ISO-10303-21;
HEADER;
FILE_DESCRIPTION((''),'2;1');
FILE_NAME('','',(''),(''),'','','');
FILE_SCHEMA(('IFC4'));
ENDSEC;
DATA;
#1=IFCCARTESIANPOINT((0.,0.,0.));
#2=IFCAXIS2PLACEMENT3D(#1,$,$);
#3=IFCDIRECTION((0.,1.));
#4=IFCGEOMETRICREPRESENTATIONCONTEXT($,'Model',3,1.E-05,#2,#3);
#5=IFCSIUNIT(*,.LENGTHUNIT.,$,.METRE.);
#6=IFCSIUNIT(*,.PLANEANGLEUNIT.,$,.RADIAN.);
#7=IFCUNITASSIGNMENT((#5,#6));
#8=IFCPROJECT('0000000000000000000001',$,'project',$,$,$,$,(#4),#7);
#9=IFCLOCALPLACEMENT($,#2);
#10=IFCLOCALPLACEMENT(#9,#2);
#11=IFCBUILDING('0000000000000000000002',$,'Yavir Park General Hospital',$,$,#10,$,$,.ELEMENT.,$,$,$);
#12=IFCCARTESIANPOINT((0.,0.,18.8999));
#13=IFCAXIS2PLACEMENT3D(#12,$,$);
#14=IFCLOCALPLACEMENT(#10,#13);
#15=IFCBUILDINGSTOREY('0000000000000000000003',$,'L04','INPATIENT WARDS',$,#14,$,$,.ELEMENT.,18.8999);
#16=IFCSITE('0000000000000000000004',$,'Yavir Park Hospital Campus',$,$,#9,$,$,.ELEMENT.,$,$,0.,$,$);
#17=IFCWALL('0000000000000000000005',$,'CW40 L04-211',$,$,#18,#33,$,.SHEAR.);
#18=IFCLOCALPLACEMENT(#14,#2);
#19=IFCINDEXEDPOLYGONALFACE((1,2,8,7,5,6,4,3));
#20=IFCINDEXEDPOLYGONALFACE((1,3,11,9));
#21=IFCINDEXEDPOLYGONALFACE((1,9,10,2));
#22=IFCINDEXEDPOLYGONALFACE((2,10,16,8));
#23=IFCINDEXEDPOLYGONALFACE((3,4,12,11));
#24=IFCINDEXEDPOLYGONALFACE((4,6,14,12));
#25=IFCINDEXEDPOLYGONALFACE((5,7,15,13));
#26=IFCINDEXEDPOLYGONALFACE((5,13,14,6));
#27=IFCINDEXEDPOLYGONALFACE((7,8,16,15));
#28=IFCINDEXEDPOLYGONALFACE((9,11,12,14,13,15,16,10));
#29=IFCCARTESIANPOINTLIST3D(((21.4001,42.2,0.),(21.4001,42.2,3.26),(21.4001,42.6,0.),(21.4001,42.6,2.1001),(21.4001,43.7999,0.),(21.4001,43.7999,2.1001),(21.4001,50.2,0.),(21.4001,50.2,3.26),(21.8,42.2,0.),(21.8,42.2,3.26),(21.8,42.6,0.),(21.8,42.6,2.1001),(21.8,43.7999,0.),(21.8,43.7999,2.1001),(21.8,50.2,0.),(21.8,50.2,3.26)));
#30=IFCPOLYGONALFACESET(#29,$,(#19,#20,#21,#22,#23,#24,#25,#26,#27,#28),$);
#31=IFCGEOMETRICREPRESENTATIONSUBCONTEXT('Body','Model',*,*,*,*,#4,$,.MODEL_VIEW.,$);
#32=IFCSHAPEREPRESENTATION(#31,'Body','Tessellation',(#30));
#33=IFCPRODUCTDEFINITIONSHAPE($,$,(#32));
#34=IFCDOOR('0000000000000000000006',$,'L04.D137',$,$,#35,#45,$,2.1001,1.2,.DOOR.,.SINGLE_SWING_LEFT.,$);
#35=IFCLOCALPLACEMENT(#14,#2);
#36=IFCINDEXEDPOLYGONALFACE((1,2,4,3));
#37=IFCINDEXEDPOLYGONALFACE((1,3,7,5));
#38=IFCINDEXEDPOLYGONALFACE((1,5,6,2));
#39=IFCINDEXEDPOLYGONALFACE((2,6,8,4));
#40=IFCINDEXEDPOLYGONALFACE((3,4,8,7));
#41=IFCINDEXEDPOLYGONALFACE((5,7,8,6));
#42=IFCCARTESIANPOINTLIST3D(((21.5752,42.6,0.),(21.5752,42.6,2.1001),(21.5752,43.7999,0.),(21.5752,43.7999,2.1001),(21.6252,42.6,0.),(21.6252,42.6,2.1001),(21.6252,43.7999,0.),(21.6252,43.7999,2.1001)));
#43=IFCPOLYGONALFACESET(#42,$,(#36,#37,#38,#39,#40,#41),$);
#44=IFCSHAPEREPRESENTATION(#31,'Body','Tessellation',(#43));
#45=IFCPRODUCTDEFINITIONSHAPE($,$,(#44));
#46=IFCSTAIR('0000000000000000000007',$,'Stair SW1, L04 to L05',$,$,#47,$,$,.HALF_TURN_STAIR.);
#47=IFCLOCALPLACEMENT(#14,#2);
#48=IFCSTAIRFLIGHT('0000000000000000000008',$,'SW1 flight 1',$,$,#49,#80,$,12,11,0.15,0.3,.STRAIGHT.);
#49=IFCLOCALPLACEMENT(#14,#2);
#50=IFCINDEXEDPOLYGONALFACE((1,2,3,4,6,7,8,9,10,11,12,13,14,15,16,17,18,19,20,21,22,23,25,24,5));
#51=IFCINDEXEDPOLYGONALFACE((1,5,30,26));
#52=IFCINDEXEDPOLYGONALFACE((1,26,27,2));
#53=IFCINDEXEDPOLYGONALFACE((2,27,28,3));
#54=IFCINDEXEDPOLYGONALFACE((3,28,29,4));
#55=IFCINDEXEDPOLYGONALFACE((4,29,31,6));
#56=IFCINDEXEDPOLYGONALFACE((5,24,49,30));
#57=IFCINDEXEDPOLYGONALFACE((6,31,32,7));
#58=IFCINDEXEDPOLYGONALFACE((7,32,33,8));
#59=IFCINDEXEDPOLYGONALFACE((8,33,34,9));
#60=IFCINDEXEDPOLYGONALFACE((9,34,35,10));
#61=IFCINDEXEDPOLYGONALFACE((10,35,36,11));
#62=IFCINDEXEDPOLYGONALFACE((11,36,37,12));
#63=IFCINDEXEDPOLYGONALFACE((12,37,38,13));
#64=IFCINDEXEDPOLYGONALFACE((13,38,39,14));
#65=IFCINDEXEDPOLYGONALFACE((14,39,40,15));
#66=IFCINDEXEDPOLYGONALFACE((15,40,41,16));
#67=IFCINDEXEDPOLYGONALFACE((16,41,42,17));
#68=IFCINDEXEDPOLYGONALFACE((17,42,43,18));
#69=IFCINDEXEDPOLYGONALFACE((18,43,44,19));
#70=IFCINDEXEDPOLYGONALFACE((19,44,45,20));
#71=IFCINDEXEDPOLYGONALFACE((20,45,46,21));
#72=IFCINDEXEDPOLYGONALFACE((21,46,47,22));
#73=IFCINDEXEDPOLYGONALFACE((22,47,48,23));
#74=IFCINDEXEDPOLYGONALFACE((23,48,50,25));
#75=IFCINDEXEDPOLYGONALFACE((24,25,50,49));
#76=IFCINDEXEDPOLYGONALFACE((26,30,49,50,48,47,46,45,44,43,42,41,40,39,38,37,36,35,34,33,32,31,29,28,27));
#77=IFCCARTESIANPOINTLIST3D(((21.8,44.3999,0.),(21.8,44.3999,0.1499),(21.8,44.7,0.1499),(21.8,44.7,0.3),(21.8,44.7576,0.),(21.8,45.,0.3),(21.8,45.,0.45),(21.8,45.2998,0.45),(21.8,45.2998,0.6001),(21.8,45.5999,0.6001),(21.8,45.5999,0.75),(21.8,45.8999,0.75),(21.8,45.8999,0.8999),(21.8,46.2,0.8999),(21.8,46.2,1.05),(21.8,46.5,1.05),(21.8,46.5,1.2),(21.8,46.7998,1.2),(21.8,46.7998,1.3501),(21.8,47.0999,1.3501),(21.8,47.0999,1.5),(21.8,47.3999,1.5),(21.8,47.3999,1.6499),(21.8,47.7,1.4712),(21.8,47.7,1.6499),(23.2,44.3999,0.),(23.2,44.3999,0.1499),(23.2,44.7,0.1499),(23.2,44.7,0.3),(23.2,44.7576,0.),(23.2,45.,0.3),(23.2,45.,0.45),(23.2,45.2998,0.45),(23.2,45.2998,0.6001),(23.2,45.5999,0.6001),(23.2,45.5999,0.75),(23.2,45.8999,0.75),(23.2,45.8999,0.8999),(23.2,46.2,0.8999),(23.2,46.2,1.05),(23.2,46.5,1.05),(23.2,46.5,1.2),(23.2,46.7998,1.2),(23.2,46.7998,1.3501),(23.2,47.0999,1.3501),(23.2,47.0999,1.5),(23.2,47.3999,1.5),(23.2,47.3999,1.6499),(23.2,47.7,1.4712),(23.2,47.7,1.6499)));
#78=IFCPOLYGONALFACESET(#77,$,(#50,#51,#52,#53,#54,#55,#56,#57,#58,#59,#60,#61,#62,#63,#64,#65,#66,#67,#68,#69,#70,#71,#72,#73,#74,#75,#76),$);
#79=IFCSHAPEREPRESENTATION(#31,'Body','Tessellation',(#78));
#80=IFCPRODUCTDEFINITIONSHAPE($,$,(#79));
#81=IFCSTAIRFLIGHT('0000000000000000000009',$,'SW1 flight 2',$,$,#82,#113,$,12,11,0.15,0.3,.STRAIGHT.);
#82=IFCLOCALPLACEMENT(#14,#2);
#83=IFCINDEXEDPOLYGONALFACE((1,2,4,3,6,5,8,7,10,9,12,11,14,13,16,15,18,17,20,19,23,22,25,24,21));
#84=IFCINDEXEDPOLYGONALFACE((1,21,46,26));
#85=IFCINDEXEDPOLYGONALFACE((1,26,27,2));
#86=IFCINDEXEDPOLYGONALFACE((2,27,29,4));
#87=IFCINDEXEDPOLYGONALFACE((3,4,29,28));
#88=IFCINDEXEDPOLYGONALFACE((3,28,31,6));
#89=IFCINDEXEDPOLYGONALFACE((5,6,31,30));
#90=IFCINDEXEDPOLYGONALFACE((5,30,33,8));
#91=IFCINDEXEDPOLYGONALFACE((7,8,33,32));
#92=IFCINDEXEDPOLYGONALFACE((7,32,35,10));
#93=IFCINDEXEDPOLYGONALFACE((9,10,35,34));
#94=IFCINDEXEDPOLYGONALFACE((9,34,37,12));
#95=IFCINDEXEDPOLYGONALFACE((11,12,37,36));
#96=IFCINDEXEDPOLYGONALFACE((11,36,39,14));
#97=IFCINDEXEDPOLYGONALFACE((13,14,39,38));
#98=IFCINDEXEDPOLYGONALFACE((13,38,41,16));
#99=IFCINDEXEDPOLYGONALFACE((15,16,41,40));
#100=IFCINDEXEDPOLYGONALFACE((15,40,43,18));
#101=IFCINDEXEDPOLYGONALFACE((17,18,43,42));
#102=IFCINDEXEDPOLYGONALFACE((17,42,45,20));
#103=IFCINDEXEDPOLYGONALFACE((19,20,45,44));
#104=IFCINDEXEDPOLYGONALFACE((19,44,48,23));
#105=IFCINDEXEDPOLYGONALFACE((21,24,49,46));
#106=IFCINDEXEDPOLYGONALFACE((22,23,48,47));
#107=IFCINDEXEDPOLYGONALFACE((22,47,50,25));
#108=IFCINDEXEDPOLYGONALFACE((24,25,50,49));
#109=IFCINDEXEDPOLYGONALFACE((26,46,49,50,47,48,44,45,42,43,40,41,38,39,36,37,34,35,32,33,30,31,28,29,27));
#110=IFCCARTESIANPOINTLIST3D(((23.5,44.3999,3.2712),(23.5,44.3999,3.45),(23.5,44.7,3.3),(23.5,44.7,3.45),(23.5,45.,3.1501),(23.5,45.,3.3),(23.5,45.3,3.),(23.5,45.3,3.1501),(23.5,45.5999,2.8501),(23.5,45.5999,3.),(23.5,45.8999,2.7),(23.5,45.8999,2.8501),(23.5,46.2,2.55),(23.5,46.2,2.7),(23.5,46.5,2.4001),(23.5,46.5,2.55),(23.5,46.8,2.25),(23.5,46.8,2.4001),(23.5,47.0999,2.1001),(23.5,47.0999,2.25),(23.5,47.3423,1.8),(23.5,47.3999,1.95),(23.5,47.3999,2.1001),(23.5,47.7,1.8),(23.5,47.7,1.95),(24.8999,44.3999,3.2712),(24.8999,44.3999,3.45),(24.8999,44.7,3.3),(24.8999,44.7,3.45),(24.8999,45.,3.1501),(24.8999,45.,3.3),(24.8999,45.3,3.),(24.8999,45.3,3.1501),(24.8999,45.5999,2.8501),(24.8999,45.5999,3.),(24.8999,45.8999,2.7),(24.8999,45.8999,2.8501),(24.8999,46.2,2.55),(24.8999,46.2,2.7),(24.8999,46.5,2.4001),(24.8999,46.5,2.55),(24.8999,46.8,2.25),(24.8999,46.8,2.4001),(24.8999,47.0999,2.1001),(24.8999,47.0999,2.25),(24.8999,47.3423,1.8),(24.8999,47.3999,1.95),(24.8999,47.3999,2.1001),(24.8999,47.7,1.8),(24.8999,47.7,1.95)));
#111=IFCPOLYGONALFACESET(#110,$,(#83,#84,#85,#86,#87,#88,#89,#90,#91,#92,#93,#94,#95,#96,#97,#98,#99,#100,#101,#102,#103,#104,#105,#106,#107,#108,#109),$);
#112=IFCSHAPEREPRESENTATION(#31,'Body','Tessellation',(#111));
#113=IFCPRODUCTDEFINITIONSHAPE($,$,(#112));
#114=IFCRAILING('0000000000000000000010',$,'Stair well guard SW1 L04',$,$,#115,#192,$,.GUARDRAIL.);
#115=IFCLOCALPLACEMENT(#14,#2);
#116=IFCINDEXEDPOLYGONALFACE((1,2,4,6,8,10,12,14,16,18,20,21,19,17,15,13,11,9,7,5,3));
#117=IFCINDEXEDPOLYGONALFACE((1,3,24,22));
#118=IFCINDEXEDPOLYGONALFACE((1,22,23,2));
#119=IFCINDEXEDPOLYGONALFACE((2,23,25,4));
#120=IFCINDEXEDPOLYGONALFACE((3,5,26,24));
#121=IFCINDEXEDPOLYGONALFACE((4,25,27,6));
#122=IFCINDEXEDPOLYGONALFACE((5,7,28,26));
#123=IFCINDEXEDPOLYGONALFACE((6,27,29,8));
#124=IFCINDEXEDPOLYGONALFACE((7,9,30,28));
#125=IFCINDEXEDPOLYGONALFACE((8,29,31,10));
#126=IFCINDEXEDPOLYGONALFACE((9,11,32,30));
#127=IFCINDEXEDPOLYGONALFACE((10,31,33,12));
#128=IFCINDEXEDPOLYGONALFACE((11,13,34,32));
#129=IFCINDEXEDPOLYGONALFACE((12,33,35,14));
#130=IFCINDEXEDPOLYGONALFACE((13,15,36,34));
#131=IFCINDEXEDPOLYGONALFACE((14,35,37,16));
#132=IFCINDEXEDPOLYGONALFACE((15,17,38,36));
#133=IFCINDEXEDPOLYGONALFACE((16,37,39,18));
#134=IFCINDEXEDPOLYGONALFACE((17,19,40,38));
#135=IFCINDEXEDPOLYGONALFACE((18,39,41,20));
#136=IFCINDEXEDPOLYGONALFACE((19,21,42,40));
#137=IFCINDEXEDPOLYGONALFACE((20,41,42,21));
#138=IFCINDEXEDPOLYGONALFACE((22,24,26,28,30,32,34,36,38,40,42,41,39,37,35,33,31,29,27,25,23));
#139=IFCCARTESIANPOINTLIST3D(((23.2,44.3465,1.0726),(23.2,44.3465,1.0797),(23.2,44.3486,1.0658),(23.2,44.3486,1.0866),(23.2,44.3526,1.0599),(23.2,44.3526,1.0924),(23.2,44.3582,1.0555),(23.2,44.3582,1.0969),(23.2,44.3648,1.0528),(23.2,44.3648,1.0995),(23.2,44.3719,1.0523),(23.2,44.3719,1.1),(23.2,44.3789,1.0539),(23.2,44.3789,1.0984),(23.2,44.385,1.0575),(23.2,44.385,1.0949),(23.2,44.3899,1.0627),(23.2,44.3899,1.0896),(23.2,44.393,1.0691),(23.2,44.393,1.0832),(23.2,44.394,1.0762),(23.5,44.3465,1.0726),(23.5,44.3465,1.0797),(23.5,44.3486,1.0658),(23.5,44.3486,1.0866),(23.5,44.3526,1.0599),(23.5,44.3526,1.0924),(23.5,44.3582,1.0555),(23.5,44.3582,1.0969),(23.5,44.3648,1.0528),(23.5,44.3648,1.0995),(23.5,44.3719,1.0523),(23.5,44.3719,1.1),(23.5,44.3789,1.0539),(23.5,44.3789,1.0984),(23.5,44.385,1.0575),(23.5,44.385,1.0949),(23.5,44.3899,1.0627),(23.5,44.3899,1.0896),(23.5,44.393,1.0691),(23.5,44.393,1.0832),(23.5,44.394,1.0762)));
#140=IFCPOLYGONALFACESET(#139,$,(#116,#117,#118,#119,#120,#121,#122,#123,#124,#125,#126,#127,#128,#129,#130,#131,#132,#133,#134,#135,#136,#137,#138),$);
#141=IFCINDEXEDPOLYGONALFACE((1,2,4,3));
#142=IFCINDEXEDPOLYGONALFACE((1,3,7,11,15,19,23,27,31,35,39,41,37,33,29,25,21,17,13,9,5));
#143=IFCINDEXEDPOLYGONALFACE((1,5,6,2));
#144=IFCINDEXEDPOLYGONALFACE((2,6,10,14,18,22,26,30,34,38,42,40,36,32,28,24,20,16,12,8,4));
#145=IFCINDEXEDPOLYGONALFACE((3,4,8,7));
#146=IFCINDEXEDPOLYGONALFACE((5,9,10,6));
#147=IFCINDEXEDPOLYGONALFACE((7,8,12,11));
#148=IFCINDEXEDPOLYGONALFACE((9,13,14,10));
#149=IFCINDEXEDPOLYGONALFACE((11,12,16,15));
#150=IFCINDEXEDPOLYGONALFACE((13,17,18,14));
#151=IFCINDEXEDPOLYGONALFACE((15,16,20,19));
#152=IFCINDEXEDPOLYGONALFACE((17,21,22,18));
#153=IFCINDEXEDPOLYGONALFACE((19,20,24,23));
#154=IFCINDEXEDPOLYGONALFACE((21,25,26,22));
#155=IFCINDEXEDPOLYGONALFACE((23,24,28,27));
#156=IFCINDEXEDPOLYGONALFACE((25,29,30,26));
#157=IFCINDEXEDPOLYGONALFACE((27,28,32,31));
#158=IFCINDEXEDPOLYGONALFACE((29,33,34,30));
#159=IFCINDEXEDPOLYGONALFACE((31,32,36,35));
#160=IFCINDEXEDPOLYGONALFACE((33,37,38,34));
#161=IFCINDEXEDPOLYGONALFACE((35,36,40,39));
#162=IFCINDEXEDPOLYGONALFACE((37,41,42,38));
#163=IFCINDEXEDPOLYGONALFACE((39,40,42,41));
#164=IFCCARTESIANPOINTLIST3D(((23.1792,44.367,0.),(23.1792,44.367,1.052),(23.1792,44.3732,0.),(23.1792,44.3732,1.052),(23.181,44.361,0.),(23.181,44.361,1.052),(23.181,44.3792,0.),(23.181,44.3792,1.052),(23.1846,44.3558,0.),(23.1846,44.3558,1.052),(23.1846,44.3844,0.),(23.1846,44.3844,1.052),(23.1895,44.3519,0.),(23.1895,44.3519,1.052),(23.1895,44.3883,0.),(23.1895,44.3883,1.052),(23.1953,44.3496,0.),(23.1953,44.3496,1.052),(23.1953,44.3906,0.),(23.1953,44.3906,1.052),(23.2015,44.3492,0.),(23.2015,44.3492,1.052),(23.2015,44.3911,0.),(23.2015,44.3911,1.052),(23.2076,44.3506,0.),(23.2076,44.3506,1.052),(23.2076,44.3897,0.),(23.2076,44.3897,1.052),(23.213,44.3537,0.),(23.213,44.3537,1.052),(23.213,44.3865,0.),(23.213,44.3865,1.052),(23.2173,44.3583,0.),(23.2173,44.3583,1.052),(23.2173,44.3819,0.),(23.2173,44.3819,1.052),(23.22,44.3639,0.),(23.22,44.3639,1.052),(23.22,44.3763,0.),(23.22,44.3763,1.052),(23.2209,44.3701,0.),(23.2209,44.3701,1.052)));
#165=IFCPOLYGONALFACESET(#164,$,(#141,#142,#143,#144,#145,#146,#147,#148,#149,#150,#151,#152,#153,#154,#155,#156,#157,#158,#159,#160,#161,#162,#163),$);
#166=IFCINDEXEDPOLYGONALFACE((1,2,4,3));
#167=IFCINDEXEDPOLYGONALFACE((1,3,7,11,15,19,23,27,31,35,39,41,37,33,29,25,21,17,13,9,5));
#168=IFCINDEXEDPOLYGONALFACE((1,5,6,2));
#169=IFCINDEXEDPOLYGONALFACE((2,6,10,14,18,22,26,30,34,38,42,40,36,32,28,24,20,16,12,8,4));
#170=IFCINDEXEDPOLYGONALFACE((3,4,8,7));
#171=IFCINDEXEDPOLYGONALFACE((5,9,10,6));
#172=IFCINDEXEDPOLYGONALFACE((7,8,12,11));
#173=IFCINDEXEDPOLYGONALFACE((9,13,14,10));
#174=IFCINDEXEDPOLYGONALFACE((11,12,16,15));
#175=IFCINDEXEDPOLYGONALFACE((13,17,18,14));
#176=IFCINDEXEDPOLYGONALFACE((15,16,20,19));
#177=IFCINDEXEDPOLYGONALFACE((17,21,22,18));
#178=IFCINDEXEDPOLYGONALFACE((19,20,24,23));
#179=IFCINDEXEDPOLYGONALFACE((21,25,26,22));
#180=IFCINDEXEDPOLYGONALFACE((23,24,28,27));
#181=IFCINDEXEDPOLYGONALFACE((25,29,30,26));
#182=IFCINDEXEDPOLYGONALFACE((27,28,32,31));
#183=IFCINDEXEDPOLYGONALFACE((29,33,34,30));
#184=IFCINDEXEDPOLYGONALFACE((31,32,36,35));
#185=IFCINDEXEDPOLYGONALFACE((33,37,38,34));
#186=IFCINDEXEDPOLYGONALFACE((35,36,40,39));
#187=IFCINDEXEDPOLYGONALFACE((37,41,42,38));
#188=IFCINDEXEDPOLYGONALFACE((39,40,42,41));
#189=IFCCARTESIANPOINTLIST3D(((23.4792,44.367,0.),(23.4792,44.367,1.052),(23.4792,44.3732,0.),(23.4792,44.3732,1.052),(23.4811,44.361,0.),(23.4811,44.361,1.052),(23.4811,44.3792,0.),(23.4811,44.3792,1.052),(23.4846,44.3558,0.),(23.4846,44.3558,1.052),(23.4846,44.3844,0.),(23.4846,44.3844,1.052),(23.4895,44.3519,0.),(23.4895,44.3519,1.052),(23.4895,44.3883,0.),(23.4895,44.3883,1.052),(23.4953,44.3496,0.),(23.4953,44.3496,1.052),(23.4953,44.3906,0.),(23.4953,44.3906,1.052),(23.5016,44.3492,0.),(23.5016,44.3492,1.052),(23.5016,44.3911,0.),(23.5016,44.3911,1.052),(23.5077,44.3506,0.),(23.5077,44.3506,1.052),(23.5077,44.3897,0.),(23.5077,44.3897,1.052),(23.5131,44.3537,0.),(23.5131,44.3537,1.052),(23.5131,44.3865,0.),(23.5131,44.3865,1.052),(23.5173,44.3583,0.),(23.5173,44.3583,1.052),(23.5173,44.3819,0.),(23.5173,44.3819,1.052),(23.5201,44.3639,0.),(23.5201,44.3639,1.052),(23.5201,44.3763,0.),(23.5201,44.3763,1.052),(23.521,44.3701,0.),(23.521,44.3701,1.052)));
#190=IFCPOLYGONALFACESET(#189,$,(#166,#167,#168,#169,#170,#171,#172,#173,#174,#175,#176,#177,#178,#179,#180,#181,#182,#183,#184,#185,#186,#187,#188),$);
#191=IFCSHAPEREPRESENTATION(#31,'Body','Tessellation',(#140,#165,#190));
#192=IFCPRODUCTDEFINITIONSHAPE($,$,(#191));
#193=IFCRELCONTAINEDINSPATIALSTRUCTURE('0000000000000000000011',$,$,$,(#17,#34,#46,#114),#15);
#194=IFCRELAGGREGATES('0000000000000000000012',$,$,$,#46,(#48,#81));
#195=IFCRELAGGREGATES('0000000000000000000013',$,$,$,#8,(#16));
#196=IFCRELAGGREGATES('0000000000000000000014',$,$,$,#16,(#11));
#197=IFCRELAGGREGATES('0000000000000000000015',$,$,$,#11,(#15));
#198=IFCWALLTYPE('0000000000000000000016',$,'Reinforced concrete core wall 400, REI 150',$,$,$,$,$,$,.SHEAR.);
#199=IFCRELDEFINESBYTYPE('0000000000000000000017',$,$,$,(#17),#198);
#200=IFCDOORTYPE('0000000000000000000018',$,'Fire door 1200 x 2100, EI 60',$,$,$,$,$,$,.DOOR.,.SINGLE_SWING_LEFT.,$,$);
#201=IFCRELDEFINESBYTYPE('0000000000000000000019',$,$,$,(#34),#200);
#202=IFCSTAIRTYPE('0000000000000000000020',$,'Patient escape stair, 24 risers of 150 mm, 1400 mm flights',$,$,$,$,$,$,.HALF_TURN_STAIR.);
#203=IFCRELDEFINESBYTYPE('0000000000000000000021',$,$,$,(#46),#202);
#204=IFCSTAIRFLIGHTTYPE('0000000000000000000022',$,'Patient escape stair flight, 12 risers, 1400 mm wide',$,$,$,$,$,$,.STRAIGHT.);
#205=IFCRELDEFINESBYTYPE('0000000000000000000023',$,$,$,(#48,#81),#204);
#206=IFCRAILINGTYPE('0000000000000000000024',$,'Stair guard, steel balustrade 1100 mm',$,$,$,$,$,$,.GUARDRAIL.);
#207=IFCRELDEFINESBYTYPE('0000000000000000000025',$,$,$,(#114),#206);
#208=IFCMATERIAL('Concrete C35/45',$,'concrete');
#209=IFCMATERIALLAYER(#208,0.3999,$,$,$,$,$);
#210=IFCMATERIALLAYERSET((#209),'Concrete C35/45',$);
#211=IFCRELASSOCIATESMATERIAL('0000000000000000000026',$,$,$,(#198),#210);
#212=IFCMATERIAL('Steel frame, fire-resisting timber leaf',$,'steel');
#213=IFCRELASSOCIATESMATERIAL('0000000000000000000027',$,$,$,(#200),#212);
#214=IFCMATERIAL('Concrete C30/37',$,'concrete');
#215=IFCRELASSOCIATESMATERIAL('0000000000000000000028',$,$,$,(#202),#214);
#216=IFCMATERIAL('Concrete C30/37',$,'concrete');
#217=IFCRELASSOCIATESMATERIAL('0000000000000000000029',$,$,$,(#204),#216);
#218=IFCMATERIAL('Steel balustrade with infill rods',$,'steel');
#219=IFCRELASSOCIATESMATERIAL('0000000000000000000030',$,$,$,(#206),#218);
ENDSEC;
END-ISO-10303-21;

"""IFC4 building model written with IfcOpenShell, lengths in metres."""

from ifc_helpers import new_model, si_unit, direction, frame, frame_2d, origin, origin_2d, place, context, subcontext, project, spatial, polyline, rectangle, circle, outline, extrude, material, layer, layer_set, type_object, element, fill, aggregate, save


model = new_model("IFC4")

# Units and contexts
model_context = context("Model", 3, precision=1e-05, world=origin(), true_north=direction((0.0, 1.0)))
body_context = subcontext(model_context, "Body", "Model", "MODEL_VIEW")
ifc_project = project(units=[si_unit("LENGTHUNIT", "METRE"), si_unit("PLANEANGLEUNIT", "RADIAN")], contexts=[model_context])

# Site, building, storey
site_placement = place(None, origin())
site = spatial("IfcSite", under=ifc_project, at=site_placement, Name="Yavir Park Hospital Campus", CompositionType="ELEMENT", RefElevation=0.0)
building_placement = place(site_placement, origin())
building = spatial("IfcBuilding", under=site, at=building_placement, Name="Yavir Park General Hospital", CompositionType="ELEMENT")
storey_placement = place(building_placement, frame((0.0, 0.0, 18.8999)))
storey = spatial("IfcBuildingStorey", under=building, at=storey_placement, Name="L04", Description="INPATIENT WARDS", CompositionType="ELEMENT", Elevation=18.8999)

# Shared definitions
ifc_material_1 = material(Name="Concrete C35/45", Category="concrete")
ifc_layer_1 = layer(ifc_material_1, 0.3999)
ifc_layer_set_1 = layer_set([ifc_layer_1], Name="Concrete C35/45")
wall_type_1 = type_object("IfcWallType", Name="Reinforced concrete core wall 400, REI 150", PredefinedType="SHEAR", material=ifc_layer_set_1)

# Wall, opening, door
wall_1_placement = place(storey_placement, frame((21.6001, 42.2, 0.0), z_axis=(0.0, 0.0, 1.0), x_axis=(0.0, 1.0, 0.0)))
wall_1 = element("IfcWall", 1, at=wall_1_placement, inside=storey, type_object=wall_type_1, Name="CW40 L04-211", PredefinedType="SHEAR", context=body_context, shape_type="SweptSolid", body=[
    extrude(rectangle(XDim=8.0, YDim=0.3999, at=frame_2d((4.0, 0.0))), origin(), (0.0, 0.0, 1.0), 3.26),
])
opening_1_placement = place(wall_1_placement, frame((0.3999, 0.0, 0.0)))
opening_1 = element("IfcOpeningElement", 2, at=opening_1_placement, cuts=wall_1, PredefinedType="OPENING", context=body_context, shape_type="SweptSolid", body=[
    extrude(rectangle(XDim=1.2, YDim=2.1001, at=frame_2d((0.6001, 1.05))), frame((0.0, 0.21, 0.0), z_axis=(0.0, -1.0, 0.0), x_axis=(1.0, 0.0, 0.0)), (0.0, 0.0, 1.0), 0.4199),
])
ifc_material_2 = material(Name="Steel frame, fire-resisting timber leaf", Category="steel")
door_type_1 = type_object("IfcDoorType", Name="Fire door 1200 x 2100, EI 60", OperationType="SINGLE_SWING_LEFT", PredefinedType="DOOR", material=ifc_material_2)
door_1_placement = place(opening_1_placement, origin())
door_1 = element("IfcDoor", 3, at=door_1_placement, inside=storey, type_object=door_type_1, Name="L04.D137", OperationType="SINGLE_SWING_LEFT", OverallHeight=2.1001, OverallWidth=1.2, PredefinedType="DOOR", context=body_context, shape_type="SweptSolid", body=[
    extrude(rectangle(XDim=1.2, YDim=2.1001, at=frame_2d((0.6001, 1.05))), frame((0.0, 0.0249, 0.0), z_axis=(0.0, -1.0, 0.0), x_axis=(1.0, 0.0, 0.0)), (0.0, 0.0, 1.0), 0.05),
])
fill(opening_1, door_1)

# Stair, stair flights
ifc_material_3 = material(Name="Concrete C30/37", Category="concrete")
stair_type = type_object("IfcStairType", Name="Patient escape stair, 24 risers of 150 mm, 1400 mm flights", PredefinedType="HALF_TURN_STAIR", material=ifc_material_3)
stair_placement = place(storey_placement, origin())
stair = element("IfcStair", 4, at=stair_placement, inside=storey, type_object=stair_type, Name="Stair SW1, L04 to L05", PredefinedType="HALF_TURN_STAIR")
ifc_material_4 = material(Name="Concrete C30/37", Category="concrete")
stair_flight_type = type_object("IfcStairFlightType", Name="Patient escape stair flight, 12 risers, 1400 mm wide", PredefinedType="STRAIGHT", material=ifc_material_4)
stair_flight_1_placement = place(storey_placement, frame((22.5, 44.3999, 0.0), z_axis=(0.0, 0.0, 1.0), x_axis=(0.0, 1.0, 0.0)))
stair_flight_1 = element("IfcStairFlight", 5, at=stair_flight_1_placement, type_object=stair_flight_type, Name="SW1 flight 1", NumberOfRisers=12, NumberOfTreads=11, PredefinedType="STRAIGHT", RiserHeight=0.15, TreadLength=0.3, context=body_context, shape_type="SweptSolid", body=[
    extrude(outline(polyline([(0.0, 0.0), (0.0, 0.1499), (0.3, 0.1499), (0.3, 0.3), (0.6001, 0.3), (0.6001, 0.45), (0.8999, 0.45), (0.8999, 0.6001), (1.2, 0.6001), (1.2, 0.75), (1.5, 0.75), (1.5, 0.8999), (1.8, 0.8999), (1.8, 1.05), (2.1001, 1.05), (2.1001, 1.2), (2.3999, 1.2), (2.3999, 1.3501), (2.7, 1.3501), (2.7, 1.5), (3.0, 1.5), (3.0, 1.6499), (3.3, 1.6499), (3.3, 1.8), (3.3, 1.4712), (0.3577, 0.0), (0.0, 0.0)])), frame((0.0, 0.7, 0.0), z_axis=(0.0, -1.0, 0.0), x_axis=(1.0, 0.0, 0.0)), (0.0, 0.0, 1.0), 1.3999),
])
stair_flight_2_placement = place(storey_placement, frame((24.2, 47.7, 1.8), z_axis=(0.0, 0.0, 1.0), x_axis=(0.0, -1.0, 0.0)))
stair_flight_2 = element("IfcStairFlight", 6, at=stair_flight_2_placement, type_object=stair_flight_type, Name="SW1 flight 2", NumberOfRisers=12, NumberOfTreads=11, PredefinedType="STRAIGHT", RiserHeight=0.15, TreadLength=0.3, context=body_context, shape_type="SweptSolid", body=[
    extrude(outline(polyline([(0.0, 0.0), (0.0, 0.1499), (0.3, 0.1499), (0.3, 0.3), (0.6001, 0.3), (0.6001, 0.45), (0.8999, 0.45), (0.8999, 0.6001), (1.2, 0.6001), (1.2, 0.75), (1.5, 0.75), (1.5, 0.8999), (1.8, 0.8999), (1.8, 1.05), (2.1001, 1.05), (2.1001, 1.2), (2.3999, 1.2), (2.3999, 1.3501), (2.7, 1.3501), (2.7, 1.5), (3.0, 1.5), (3.0, 1.6499), (3.3, 1.6499), (3.3, 1.8), (3.3, 1.4712), (0.3577, 0.0), (0.0, 0.0)])), frame((0.0, 0.7, 0.0), z_axis=(0.0, -1.0, 0.0), x_axis=(1.0, 0.0, 0.0)), (0.0, 0.0, 1.0), 1.3999),
])
aggregate(stair, [stair_flight_1, stair_flight_2])

# Railing
ifc_material_5 = material(Name="Steel balustrade with infill rods", Category="steel")
railing_type_1 = type_object("IfcRailingType", Name="Stair guard, steel balustrade 1100 mm", PredefinedType="GUARDRAIL", material=ifc_material_5)
railing_placement = place(storey_placement, frame((23.2, 44.3701, 0.0)))
element("IfcRailing", 7, at=railing_placement, inside=storey, type_object=railing_type_1, Name="Stair well guard SW1 L04", PredefinedType="GUARDRAIL", context=body_context, shape_type="SweptSolid", body=[
    extrude(circle(Radius=0.0239, at=origin_2d()), frame((0.0, 0.0, 1.0762), z_axis=(1.0, 0.0, 0.0), x_axis=(0.0, 1.0, 0.0)), (0.0, 0.0, 1.0), 0.3),
    extrude(circle(Radius=0.021, at=origin_2d()), origin(), (0.0, 0.0, 1.0), 1.052),
    extrude(circle(Radius=0.021, at=origin_2d()), frame((0.3, 0.0, 0.0)), (0.0, 0.0, 1.0), 1.052),
])

save(model, "model.ifc")
